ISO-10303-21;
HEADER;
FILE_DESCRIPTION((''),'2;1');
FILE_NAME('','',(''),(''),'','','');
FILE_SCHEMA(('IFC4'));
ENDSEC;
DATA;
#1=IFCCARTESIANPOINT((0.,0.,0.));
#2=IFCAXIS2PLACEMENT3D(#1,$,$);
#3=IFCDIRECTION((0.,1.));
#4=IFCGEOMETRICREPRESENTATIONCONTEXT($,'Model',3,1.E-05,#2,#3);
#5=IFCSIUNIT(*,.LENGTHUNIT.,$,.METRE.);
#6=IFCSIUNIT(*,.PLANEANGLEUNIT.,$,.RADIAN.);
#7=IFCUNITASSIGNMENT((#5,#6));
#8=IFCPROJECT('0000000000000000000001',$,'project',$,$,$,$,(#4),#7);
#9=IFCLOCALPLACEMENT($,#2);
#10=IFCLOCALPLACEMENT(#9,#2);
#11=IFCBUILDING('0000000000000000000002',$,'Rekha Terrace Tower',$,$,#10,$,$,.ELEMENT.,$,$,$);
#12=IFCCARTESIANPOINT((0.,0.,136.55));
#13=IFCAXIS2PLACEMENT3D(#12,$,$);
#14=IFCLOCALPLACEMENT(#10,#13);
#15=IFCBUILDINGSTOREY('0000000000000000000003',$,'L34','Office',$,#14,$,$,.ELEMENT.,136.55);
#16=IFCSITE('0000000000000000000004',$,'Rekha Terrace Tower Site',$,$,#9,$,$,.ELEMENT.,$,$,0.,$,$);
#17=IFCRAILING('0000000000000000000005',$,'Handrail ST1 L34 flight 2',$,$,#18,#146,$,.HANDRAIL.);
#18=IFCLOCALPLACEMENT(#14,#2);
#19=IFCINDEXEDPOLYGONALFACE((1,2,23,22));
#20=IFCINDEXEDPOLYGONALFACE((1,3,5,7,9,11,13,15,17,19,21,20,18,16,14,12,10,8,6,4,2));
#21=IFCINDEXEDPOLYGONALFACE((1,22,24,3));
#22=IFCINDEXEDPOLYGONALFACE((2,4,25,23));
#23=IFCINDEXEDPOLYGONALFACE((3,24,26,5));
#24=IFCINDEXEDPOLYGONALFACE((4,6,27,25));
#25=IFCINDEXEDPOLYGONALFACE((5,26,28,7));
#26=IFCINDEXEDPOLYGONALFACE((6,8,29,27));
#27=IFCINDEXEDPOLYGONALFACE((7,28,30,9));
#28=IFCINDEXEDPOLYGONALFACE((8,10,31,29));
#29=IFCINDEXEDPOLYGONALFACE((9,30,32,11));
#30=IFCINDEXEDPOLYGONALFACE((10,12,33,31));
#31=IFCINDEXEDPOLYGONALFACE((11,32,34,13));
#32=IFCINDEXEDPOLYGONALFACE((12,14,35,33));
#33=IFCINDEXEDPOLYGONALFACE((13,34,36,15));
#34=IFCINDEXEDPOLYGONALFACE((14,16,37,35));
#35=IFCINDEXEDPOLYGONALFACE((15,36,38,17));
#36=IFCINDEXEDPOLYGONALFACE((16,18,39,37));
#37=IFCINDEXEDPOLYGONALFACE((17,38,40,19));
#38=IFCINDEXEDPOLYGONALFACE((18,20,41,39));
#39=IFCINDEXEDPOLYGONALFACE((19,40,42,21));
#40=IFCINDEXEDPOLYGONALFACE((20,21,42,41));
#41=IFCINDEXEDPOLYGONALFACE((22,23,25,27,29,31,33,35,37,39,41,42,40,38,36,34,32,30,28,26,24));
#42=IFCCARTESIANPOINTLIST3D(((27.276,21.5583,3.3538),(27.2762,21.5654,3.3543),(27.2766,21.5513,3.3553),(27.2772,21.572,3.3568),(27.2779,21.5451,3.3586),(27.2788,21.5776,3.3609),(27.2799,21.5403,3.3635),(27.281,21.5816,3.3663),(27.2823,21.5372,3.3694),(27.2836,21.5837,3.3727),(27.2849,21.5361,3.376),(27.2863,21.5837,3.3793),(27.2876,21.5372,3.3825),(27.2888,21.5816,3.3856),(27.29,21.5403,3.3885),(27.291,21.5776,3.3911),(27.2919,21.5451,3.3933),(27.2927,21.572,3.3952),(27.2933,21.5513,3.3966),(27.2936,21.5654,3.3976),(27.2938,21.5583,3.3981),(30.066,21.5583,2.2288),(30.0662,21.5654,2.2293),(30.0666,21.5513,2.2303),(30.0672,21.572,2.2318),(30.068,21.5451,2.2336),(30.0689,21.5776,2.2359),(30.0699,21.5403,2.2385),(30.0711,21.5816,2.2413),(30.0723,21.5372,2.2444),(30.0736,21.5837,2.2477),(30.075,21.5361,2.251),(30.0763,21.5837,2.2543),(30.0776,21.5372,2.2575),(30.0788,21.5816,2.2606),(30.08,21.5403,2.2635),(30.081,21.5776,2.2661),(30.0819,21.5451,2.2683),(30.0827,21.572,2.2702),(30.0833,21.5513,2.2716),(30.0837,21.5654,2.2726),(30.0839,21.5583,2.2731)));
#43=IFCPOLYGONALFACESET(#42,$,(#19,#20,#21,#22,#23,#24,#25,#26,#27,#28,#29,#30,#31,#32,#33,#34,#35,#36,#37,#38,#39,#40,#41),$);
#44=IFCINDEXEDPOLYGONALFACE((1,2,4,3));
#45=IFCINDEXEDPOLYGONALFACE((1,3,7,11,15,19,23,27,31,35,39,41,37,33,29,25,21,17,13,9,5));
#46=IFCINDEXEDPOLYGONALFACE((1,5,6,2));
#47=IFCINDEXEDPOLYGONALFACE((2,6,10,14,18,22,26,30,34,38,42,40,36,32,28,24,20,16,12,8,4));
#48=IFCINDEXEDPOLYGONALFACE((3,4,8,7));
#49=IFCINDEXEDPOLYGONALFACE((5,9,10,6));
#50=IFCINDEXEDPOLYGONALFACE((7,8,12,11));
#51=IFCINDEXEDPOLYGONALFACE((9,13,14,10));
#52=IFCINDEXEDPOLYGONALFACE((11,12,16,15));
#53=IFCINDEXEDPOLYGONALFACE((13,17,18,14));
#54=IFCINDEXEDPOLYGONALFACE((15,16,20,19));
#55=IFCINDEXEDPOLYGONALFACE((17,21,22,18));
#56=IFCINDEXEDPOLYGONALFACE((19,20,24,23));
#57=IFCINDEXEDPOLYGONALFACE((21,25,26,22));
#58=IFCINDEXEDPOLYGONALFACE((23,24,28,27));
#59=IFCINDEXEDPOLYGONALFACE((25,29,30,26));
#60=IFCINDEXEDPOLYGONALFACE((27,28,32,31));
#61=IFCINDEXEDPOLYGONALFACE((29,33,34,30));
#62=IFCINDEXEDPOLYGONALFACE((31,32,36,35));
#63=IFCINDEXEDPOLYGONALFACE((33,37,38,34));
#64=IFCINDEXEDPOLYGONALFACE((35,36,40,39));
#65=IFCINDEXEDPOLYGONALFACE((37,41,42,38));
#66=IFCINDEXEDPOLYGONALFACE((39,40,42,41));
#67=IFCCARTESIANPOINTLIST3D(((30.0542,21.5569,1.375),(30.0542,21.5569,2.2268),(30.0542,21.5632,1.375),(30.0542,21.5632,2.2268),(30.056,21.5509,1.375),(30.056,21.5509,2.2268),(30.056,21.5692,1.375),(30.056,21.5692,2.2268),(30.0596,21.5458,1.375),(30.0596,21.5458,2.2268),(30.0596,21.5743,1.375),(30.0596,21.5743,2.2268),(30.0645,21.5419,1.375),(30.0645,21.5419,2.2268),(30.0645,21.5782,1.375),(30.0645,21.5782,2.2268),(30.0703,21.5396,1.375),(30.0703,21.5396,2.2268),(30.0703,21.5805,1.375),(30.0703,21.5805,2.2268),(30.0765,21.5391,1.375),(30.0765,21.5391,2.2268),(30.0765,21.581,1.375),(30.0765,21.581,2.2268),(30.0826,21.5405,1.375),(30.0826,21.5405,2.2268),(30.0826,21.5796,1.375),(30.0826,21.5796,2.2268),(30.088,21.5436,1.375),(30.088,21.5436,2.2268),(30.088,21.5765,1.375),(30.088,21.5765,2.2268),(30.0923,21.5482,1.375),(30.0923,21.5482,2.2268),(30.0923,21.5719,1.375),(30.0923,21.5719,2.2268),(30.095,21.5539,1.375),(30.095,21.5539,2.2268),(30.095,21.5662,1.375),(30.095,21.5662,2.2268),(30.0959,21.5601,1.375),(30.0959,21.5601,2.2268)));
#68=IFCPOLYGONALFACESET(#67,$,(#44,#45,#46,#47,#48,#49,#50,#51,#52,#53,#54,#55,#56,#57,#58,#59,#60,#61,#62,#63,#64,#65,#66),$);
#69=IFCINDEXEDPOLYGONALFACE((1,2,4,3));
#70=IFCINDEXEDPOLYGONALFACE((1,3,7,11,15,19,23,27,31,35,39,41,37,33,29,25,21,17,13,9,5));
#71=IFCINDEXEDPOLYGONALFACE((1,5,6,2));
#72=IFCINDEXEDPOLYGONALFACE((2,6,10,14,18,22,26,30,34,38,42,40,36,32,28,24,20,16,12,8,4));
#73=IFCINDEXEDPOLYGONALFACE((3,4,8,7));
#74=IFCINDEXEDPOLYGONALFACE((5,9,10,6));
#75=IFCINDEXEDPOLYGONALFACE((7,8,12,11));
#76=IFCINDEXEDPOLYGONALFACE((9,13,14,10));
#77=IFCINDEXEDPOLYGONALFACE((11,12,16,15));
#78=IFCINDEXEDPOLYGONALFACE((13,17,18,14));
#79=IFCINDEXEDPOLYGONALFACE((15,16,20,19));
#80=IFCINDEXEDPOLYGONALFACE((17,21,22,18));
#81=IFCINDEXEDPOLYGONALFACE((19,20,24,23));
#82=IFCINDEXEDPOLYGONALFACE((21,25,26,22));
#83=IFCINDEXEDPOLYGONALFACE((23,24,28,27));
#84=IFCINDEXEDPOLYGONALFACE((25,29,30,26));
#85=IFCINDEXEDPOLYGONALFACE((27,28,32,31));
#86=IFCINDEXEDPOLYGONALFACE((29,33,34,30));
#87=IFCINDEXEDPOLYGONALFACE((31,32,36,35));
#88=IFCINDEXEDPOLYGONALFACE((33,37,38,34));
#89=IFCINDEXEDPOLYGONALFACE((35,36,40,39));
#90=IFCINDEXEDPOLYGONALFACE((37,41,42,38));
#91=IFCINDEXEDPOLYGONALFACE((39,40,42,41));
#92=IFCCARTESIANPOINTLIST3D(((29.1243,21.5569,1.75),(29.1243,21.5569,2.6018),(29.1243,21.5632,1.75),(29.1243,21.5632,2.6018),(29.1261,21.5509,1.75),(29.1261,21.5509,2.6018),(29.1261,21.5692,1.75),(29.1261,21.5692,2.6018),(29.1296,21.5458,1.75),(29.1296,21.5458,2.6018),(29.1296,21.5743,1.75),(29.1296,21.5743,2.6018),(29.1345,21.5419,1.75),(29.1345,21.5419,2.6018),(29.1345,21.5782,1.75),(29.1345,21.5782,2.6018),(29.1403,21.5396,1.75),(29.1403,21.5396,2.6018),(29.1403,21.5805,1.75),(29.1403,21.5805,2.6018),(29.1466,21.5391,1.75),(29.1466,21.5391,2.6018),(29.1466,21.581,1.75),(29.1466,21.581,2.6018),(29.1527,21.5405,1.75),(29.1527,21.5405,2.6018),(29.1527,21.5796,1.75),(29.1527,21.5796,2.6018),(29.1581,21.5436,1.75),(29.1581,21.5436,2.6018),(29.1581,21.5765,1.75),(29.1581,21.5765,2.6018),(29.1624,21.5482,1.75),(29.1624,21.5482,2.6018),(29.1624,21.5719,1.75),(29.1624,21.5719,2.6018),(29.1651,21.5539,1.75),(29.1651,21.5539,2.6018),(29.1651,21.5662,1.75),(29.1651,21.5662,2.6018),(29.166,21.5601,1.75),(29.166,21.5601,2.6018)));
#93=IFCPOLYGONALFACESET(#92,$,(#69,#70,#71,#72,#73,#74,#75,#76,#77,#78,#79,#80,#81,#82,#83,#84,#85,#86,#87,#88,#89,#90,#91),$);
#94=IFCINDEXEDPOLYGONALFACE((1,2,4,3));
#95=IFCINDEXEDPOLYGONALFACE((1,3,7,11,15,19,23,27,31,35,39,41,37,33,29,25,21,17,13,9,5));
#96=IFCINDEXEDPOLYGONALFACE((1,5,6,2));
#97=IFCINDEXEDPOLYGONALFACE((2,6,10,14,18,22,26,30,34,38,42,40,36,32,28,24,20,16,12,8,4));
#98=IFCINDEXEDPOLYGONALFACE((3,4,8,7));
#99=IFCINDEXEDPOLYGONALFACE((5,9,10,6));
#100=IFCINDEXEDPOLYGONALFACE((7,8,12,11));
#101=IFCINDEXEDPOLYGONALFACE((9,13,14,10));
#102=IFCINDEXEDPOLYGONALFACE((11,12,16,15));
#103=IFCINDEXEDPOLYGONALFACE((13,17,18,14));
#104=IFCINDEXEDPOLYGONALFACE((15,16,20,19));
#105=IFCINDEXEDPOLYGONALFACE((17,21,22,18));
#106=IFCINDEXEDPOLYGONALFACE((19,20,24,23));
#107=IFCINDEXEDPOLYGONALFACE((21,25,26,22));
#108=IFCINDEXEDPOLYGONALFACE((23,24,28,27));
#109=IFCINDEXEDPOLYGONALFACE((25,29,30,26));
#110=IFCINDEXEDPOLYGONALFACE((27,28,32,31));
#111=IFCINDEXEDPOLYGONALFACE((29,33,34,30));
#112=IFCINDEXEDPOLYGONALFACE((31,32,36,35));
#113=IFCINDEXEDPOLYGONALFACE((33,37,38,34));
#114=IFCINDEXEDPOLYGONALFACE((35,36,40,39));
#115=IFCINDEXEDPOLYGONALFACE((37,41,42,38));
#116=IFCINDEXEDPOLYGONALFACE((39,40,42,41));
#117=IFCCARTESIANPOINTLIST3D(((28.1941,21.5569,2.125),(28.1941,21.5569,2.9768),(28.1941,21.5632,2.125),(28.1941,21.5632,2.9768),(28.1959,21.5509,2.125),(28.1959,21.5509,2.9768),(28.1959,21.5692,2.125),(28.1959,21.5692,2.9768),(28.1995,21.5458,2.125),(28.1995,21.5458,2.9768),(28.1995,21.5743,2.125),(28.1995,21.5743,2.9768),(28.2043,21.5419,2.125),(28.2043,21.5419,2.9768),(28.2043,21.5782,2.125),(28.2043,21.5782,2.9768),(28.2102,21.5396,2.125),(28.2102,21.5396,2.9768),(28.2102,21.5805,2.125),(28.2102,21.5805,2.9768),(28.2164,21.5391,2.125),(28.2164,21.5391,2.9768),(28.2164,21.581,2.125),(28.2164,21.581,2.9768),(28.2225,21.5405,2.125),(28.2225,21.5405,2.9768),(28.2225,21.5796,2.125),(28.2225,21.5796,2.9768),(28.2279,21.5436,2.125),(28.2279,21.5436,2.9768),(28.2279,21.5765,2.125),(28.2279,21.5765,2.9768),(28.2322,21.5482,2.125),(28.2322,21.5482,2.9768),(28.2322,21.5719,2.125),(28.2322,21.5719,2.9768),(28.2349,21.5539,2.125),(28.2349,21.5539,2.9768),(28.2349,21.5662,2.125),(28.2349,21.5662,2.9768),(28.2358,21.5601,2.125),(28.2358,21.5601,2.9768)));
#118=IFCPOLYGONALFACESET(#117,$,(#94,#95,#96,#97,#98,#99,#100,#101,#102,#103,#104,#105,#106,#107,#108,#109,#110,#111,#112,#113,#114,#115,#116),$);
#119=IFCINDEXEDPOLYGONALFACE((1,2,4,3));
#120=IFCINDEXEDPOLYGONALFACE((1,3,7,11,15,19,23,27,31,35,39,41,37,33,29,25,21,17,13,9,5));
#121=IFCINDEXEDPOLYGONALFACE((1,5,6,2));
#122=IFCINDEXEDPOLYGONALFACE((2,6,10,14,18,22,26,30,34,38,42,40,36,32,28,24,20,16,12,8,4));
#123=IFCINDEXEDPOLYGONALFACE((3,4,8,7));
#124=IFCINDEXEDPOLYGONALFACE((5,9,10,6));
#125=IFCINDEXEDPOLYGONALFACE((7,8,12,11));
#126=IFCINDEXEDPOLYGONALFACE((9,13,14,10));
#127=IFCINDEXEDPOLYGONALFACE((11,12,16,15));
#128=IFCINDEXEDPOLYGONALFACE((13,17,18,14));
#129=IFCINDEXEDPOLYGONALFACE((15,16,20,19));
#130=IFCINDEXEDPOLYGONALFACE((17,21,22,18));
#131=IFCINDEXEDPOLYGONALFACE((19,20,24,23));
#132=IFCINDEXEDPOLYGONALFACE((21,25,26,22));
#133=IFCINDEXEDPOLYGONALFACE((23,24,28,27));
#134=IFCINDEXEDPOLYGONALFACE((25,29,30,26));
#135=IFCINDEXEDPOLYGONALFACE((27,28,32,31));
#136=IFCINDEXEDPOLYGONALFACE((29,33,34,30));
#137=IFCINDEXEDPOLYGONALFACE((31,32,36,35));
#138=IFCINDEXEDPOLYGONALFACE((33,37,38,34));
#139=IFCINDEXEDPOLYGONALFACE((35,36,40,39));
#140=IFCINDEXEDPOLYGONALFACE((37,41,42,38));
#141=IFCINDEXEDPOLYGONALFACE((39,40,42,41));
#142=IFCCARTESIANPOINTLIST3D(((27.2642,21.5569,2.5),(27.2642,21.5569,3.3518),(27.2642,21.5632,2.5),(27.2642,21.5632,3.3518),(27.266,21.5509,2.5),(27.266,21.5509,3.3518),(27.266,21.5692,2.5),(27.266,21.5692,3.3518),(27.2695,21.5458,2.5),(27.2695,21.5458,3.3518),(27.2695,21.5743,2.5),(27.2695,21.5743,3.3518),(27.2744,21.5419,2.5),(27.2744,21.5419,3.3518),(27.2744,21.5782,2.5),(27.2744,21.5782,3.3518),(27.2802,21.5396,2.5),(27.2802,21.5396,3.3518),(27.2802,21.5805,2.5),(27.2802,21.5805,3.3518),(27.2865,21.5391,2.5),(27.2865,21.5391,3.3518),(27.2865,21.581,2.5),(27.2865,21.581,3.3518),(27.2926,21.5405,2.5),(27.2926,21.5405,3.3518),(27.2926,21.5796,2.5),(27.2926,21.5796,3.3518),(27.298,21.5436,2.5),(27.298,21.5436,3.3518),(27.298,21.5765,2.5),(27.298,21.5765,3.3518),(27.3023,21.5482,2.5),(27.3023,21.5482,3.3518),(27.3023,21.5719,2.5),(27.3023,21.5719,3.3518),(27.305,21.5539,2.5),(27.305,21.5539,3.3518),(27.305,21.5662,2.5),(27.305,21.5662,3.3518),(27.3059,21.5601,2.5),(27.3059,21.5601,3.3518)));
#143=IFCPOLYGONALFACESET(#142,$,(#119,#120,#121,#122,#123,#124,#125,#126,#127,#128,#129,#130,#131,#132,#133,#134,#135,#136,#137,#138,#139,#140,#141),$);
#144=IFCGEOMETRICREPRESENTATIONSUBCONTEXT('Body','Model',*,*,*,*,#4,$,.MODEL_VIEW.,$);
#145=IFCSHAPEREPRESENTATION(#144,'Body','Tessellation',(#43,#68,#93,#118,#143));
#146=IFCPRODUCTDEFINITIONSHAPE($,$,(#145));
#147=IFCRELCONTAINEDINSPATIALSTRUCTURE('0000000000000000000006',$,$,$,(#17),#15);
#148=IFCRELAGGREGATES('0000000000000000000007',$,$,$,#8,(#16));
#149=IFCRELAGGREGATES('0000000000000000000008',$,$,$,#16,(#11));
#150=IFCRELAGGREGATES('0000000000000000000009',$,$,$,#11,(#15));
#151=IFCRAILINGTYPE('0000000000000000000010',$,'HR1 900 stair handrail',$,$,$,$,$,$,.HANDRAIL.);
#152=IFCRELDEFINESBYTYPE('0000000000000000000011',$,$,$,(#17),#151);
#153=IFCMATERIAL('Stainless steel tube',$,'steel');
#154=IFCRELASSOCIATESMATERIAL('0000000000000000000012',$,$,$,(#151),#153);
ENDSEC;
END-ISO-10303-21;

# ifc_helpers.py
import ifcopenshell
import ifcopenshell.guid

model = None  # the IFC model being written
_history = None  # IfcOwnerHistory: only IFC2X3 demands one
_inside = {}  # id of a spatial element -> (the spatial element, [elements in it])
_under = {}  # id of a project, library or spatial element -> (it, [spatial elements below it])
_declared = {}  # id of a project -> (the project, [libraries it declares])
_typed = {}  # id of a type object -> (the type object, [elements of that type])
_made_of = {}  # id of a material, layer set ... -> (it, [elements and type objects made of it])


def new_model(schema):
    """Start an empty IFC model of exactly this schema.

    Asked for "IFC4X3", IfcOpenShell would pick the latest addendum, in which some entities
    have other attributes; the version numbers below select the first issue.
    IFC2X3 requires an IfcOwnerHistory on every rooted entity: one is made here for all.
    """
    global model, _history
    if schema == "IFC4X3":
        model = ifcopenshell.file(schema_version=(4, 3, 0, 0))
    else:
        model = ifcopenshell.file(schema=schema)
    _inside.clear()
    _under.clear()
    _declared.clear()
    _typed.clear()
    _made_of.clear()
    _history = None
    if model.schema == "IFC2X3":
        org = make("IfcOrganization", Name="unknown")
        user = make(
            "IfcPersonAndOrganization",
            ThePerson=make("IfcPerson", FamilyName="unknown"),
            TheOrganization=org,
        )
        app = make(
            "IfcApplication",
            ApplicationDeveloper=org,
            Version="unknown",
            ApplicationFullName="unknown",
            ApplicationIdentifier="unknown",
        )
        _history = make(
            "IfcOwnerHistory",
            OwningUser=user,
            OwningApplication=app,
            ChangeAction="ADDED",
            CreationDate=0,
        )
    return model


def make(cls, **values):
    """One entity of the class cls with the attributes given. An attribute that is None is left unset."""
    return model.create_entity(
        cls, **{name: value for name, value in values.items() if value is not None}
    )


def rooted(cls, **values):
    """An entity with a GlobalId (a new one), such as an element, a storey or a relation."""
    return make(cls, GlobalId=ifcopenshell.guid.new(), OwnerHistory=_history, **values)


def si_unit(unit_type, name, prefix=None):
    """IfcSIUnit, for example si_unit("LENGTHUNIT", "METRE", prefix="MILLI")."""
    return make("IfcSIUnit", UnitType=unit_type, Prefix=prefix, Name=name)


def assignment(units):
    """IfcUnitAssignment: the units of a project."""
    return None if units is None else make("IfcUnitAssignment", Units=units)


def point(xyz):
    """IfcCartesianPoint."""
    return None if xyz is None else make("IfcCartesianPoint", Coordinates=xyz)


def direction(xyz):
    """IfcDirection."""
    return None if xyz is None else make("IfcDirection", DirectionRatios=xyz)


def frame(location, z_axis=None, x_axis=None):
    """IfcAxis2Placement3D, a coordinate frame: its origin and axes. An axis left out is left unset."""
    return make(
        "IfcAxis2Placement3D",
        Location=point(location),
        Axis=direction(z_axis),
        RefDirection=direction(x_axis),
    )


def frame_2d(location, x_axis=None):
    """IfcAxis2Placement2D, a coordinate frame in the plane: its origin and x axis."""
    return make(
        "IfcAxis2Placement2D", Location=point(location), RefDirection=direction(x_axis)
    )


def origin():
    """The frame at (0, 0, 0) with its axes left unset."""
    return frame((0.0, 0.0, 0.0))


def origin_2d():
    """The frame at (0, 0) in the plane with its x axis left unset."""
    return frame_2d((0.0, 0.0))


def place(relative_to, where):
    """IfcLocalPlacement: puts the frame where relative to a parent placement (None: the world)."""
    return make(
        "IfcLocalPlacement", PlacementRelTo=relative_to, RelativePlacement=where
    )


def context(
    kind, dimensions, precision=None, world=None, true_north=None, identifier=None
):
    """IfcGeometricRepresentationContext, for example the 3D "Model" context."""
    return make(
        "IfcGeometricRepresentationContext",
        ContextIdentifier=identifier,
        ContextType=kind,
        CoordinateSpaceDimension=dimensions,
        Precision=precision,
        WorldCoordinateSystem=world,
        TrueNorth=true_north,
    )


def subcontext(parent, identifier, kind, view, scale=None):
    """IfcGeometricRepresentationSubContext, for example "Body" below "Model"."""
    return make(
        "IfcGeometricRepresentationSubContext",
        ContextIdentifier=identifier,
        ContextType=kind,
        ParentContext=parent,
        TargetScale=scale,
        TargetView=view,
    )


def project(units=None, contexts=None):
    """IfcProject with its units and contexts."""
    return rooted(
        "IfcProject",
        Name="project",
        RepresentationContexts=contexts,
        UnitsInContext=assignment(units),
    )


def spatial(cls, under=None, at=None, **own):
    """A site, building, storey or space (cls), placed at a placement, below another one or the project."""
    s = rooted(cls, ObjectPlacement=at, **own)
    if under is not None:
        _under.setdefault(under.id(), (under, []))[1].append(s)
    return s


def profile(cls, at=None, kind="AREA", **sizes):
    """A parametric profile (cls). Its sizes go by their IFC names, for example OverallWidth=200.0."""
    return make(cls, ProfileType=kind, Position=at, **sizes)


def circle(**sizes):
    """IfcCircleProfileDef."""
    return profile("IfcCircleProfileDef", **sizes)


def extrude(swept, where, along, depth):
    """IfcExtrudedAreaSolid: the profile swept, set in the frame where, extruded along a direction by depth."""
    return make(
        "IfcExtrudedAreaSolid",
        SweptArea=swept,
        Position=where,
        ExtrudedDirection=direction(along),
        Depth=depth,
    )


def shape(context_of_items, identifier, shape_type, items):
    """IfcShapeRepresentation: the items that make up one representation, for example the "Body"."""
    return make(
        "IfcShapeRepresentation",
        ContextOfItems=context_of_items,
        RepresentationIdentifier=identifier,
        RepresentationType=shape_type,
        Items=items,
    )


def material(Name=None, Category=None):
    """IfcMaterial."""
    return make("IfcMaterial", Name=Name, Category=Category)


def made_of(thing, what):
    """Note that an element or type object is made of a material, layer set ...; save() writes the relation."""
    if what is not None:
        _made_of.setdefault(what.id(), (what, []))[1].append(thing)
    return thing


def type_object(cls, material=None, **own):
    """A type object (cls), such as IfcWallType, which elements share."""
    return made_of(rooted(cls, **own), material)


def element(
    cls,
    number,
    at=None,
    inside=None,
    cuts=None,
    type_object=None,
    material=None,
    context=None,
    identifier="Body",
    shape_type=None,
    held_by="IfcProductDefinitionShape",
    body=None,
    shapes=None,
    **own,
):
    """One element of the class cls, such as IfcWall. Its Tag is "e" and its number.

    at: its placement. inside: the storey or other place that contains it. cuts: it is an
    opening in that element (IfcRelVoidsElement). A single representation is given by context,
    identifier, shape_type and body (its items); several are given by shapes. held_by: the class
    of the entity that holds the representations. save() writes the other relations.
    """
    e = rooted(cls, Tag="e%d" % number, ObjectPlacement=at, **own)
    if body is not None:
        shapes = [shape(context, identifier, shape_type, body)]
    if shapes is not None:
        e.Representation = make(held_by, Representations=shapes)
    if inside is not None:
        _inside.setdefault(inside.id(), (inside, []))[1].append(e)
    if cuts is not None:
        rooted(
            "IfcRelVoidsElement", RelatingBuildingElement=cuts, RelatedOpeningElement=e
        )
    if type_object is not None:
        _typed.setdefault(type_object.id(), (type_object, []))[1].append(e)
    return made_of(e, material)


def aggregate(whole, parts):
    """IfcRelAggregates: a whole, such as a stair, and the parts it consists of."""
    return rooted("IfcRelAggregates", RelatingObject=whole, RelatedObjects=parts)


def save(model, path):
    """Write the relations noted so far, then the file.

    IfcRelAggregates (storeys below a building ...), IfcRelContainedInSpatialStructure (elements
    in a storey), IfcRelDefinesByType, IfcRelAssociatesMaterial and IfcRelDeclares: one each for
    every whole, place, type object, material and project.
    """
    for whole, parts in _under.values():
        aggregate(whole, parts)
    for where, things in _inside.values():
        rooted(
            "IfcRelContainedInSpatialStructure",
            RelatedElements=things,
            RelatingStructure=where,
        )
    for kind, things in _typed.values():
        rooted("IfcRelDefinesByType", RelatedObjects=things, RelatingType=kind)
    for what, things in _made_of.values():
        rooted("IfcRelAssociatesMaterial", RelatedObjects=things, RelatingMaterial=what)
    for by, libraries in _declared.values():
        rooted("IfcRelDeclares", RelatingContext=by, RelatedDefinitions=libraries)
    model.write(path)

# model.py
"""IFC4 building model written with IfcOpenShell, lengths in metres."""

from ifc_helpers import new_model, si_unit, direction, frame, origin, origin_2d, place, context, subcontext, project, spatial, circle, extrude, material, type_object, element, save


model = new_model("IFC4")

# Units and contexts
model_context = context("Model", 3, precision=1e-05, world=origin(), true_north=direction((0.0, 1.0)))
body_context = subcontext(model_context, "Body", "Model", "MODEL_VIEW")
ifc_project = project(units=[si_unit("LENGTHUNIT", "METRE"), si_unit("PLANEANGLEUNIT", "RADIAN")], contexts=[model_context])

# Site, building, storey
site_placement = place(None, origin())
site = spatial("IfcSite", under=ifc_project, at=site_placement, Name="Rekha Terrace Tower Site", CompositionType="ELEMENT", RefElevation=0.0)
building_placement = place(site_placement, origin())
building = spatial("IfcBuilding", under=site, at=building_placement, Name="Rekha Terrace Tower", CompositionType="ELEMENT")
storey_placement = place(building_placement, frame((0.0, 0.0, 136.55)))
storey = spatial("IfcBuildingStorey", under=building, at=storey_placement, Name="L34", Description="Office", CompositionType="ELEMENT", Elevation=136.55)

# Railing
ifc_material_1 = material(Name="Stainless steel tube", Category="steel")
railing_type_1 = type_object("IfcRailingType", Name="HR1 900 stair handrail", PredefinedType="HANDRAIL", material=ifc_material_1)
railing_1_placement = place(storey_placement, frame((30.075, 21.5601, 1.375)))
element("IfcRailing", 1, at=railing_1_placement, inside=storey, type_object=railing_type_1, Name="Handrail ST1 L34 flight 2", PredefinedType="HANDRAIL", context=body_context, shape_type="SweptSolid", body=[
    extrude(circle(Radius=0.0239, at=origin_2d()), frame((0.0, 0.0, 0.876), z_axis=(-0.927443, 0.0, 0.373964), x_axis=(0.0, -1.0, 0.0)), (0.0, 0.0, 1.0), 3.0083),
    extrude(circle(Radius=0.021, at=origin_2d()), origin(), (0.0, 0.0, 1.0), 0.8518),
    extrude(circle(Radius=0.021, at=origin_2d()), frame((-0.9299, 0.0, 0.375)), (0.0, 0.0, 1.0), 0.8518),
    extrude(circle(Radius=0.021, at=origin_2d()), frame((-1.8601, 0.0, 0.75)), (0.0, 0.0, 1.0), 0.8518),
    extrude(circle(Radius=0.021, at=origin_2d()), frame((-2.79, 0.0, 1.125)), (0.0, 0.0, 1.0), 0.8518),
])

save(model, "model.ifc")
